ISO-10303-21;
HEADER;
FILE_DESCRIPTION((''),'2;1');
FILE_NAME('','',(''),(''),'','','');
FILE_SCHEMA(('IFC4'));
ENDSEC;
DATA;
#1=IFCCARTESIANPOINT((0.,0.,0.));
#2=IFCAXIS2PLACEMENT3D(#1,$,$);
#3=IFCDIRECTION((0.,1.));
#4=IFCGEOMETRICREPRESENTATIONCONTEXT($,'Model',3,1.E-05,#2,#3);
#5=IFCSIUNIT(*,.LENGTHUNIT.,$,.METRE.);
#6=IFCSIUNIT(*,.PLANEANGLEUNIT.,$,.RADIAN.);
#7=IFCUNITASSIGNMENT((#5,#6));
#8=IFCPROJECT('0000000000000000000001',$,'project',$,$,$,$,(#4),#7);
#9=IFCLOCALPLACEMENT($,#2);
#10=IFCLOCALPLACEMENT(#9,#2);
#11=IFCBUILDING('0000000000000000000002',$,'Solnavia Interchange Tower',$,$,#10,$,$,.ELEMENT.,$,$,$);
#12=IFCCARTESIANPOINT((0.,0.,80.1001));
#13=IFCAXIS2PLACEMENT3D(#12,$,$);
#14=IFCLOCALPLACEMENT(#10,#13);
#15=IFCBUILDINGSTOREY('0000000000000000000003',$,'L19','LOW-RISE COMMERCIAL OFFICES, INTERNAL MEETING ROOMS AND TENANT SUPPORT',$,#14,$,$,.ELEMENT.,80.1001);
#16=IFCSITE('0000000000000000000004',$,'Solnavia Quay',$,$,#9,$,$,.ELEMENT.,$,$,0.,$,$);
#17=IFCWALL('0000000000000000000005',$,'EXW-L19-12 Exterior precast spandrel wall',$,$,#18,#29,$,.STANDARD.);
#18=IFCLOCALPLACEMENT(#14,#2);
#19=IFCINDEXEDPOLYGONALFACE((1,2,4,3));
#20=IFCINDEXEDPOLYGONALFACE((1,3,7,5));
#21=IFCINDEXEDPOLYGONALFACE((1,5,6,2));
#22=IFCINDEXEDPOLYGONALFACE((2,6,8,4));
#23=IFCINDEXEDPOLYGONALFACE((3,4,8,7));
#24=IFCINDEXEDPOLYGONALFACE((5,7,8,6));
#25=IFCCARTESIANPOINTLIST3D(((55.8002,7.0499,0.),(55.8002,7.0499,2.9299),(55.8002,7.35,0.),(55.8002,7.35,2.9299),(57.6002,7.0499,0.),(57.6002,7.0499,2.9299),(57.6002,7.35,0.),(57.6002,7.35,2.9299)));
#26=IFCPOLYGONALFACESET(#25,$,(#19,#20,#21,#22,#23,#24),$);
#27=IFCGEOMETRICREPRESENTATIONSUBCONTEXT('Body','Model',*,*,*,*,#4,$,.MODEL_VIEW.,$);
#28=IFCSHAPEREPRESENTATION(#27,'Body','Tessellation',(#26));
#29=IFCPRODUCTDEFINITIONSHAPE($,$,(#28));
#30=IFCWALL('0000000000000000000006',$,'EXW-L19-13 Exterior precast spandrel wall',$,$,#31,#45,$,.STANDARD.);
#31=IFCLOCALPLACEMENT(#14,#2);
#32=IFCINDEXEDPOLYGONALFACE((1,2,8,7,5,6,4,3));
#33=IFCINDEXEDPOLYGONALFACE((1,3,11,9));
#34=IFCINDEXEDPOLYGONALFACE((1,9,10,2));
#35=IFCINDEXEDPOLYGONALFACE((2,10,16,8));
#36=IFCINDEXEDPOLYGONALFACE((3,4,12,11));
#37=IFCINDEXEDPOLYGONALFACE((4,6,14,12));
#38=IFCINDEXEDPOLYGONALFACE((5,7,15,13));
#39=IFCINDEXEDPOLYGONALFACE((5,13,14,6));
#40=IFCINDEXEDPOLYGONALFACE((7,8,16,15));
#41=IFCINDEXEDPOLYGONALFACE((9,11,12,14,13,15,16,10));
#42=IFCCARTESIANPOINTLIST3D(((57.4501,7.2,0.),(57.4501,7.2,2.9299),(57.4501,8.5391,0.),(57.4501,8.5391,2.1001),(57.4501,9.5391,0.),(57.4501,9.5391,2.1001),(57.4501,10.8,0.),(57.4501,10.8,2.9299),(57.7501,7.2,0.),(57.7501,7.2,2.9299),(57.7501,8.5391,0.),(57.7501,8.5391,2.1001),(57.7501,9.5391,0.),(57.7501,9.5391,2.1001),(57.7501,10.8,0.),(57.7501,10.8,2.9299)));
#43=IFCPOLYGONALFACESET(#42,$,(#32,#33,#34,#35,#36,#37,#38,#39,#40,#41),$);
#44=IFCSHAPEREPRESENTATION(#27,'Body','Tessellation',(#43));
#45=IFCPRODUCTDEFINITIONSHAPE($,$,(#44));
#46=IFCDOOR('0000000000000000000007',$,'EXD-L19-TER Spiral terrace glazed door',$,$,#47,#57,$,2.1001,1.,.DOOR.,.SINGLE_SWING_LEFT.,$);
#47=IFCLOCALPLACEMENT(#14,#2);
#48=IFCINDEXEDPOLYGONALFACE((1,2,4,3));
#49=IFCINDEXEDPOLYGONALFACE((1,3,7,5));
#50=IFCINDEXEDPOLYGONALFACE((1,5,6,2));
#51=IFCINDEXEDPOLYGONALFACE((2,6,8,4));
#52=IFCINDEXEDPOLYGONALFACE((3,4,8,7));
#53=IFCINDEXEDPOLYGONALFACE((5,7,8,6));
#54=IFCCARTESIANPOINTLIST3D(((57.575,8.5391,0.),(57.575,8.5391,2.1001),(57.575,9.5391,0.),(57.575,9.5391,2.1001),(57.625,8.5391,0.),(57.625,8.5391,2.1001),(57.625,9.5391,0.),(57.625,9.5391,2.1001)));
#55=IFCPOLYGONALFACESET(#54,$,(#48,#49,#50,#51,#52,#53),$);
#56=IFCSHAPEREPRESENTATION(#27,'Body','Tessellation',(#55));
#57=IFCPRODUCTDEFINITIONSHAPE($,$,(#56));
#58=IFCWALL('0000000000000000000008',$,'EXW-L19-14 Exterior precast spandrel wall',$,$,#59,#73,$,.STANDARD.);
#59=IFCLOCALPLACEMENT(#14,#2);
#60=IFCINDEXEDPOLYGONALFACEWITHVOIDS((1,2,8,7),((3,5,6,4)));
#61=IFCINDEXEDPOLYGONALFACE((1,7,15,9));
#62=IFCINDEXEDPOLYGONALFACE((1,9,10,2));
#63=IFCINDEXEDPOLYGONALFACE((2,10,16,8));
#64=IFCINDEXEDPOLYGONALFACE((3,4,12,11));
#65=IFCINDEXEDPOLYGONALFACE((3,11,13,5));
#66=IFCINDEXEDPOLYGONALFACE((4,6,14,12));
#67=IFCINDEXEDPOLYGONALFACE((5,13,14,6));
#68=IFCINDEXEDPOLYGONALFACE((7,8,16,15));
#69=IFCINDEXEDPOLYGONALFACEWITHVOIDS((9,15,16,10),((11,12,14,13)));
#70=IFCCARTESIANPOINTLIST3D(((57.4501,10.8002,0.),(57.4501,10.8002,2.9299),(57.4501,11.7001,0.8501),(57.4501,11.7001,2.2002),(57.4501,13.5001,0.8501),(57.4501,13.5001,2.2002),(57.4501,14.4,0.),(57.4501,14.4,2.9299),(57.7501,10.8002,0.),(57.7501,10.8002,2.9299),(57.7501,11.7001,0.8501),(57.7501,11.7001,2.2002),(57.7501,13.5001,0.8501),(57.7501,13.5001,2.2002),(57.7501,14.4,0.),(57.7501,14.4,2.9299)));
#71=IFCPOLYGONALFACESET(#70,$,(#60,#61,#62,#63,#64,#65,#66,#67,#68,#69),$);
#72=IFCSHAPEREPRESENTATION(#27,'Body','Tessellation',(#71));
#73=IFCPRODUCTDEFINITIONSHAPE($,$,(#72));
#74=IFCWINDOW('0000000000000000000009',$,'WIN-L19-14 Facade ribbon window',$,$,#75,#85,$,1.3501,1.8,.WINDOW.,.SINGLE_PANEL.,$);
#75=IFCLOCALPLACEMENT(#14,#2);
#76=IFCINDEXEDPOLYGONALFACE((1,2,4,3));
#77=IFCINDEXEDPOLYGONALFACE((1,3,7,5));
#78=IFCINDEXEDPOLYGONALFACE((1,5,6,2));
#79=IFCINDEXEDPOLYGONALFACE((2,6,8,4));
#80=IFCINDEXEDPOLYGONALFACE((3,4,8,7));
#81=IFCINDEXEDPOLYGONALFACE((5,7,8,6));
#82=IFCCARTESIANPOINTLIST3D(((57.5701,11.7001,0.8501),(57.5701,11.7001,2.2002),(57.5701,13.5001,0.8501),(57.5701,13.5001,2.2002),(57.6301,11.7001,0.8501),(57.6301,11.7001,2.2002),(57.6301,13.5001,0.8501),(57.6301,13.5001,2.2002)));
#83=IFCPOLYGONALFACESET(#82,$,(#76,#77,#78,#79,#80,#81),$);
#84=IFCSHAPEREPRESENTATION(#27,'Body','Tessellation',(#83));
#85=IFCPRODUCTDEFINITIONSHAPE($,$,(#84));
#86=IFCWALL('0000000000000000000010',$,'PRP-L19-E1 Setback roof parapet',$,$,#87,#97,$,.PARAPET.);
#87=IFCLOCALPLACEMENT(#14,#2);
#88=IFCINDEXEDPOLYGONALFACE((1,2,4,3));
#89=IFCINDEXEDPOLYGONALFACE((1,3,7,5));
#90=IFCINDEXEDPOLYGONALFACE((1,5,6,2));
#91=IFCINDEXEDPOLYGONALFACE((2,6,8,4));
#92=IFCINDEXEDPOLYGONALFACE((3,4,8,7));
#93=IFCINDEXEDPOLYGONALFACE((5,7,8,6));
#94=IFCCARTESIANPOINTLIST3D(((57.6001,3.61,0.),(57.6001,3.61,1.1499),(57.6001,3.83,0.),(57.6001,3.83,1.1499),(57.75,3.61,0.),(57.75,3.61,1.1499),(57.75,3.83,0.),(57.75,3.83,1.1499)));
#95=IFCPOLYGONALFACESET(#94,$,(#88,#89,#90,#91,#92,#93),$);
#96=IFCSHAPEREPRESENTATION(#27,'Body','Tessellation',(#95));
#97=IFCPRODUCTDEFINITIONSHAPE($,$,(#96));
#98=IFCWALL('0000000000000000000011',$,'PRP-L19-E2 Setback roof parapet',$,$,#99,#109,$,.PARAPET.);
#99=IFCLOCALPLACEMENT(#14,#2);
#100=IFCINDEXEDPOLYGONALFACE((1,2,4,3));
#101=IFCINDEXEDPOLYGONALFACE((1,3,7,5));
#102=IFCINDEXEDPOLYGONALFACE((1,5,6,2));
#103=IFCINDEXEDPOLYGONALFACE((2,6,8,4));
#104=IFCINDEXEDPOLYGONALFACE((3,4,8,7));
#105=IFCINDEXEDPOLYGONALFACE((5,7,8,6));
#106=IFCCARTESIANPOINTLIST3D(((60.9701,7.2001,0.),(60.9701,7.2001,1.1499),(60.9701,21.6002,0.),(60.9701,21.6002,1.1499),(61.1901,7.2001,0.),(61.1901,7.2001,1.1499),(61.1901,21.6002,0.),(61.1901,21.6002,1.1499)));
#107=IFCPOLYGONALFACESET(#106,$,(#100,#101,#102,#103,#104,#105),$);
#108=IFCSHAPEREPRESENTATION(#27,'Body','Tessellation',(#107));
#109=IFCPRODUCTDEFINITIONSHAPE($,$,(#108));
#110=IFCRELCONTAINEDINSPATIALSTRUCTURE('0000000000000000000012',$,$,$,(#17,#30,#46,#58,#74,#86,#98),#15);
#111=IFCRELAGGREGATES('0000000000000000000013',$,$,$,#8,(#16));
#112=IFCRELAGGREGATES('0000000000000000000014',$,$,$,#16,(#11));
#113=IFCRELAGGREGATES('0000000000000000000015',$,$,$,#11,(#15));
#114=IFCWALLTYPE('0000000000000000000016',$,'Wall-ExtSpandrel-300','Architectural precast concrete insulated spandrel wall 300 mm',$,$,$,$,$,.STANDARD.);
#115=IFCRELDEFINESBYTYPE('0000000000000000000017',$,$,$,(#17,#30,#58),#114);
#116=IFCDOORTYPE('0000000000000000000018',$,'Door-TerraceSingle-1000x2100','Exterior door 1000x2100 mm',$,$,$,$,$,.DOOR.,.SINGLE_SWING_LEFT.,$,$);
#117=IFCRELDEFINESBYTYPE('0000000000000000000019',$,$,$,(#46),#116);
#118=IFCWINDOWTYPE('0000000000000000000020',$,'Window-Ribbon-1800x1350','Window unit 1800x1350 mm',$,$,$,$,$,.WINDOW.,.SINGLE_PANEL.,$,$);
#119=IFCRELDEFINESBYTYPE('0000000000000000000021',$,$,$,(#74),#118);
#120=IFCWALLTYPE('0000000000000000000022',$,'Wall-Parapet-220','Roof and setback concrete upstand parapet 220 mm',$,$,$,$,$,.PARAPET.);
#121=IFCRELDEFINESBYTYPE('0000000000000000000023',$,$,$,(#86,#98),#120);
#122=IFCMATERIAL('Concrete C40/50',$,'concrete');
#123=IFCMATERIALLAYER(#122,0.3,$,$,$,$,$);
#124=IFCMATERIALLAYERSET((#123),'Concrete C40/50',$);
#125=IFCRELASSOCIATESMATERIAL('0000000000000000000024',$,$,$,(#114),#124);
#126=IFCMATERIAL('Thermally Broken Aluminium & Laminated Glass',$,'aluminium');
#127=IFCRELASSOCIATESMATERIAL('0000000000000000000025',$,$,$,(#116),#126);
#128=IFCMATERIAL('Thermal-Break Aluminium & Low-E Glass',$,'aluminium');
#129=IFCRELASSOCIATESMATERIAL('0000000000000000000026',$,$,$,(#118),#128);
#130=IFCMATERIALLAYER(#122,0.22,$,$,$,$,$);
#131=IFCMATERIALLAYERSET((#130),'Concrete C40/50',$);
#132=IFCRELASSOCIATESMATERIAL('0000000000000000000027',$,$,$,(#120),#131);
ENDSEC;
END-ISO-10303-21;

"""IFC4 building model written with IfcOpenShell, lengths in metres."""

from ifc_helpers import new_model, si_unit, direction, frame, frame_2d, origin, place, context, subcontext, project, spatial, rectangle, extrude, material, layer, layer_set, type_object, element, fill, save


model = new_model("IFC4")

# Units and contexts
model_context = context("Model", 3, precision=1e-05, world=origin(), true_north=direction((0.0, 1.0)))
body_context = subcontext(model_context, "Body", "Model", "MODEL_VIEW")
ifc_project = project(units=[si_unit("LENGTHUNIT", "METRE"), si_unit("PLANEANGLEUNIT", "RADIAN")], contexts=[model_context])

# Site, building, storey
site_placement = place(None, origin())
site = spatial("IfcSite", under=ifc_project, at=site_placement, Name="Solnavia Quay", CompositionType="ELEMENT", RefElevation=0.0)
building_placement = place(site_placement, origin())
building = spatial("IfcBuilding", under=site, at=building_placement, Name="Solnavia Interchange Tower", CompositionType="ELEMENT")
storey_placement = place(building_placement, frame((0.0, 0.0, 80.1001)))
storey = spatial("IfcBuildingStorey", under=building, at=storey_placement, Name="L19", Description="LOW-RISE COMMERCIAL OFFICES, INTERNAL MEETING ROOMS AND TENANT SUPPORT", CompositionType="ELEMENT", Elevation=80.1001)

# Wall
ifc_material_1 = material(Name="Concrete C40/50", Category="concrete")
ifc_layer_1 = layer(ifc_material_1, 0.3)
ifc_layer_set_1 = layer_set([ifc_layer_1], Name="Concrete C40/50")
wall_type_1 = type_object("IfcWallType", Name="Wall-ExtSpandrel-300", Description="Architectural precast concrete insulated spandrel wall 300 mm", PredefinedType="STANDARD", material=ifc_layer_set_1)
wall_1_placement = place(storey_placement, frame((57.6001, 7.2, 0.0), z_axis=(0.0, 0.0, 1.0), x_axis=(-1.0, 0.0, 0.0)))
element("IfcWall", 1, at=wall_1_placement, inside=storey, type_object=wall_type_1, Name="EXW-L19-12 Exterior precast spandrel wall", PredefinedType="STANDARD", context=body_context, shape_type="SweptSolid", body=[
    extrude(rectangle(XDim=1.8, YDim=0.3, at=frame_2d((0.8999, 0.0))), origin(), (0.0, 0.0, 1.0), 2.9299),
])

# Wall, opening, door
wall_2_placement = place(storey_placement, frame((57.6001, 10.8, 0.0), z_axis=(0.0, 0.0, 1.0), x_axis=(0.0, -1.0, 0.0)))
wall_2 = element("IfcWall", 2, at=wall_2_placement, inside=storey, type_object=wall_type_1, Name="EXW-L19-13 Exterior precast spandrel wall", PredefinedType="STANDARD", context=body_context, shape_type="SweptSolid", body=[
    extrude(rectangle(XDim=3.6001, YDim=0.3, at=frame_2d((1.8, 0.0))), origin(), (0.0, 0.0, 1.0), 2.9299),
])
opening_1_placement = place(wall_2_placement, frame((1.261, 0.0, 0.0)))
opening_1 = element("IfcOpeningElement", 3, at=opening_1_placement, cuts=wall_2, PredefinedType="OPENING", context=body_context, shape_type="SweptSolid", body=[
    extrude(rectangle(XDim=1.0, YDim=2.1001, at=frame_2d((0.5, 1.05))), frame((0.0, 0.1602, 0.0), z_axis=(0.0, -1.0, 0.0), x_axis=(1.0, 0.0, 0.0)), (0.0, 0.0, 1.0), 0.3201),
])
ifc_material_2 = material(Name="Thermally Broken Aluminium & Laminated Glass", Category="aluminium")
door_type = type_object("IfcDoorType", Name="Door-TerraceSingle-1000x2100", Description="Exterior door 1000x2100 mm", OperationType="SINGLE_SWING_LEFT", PredefinedType="DOOR", material=ifc_material_2)
door_placement = place(opening_1_placement, origin())
door = element("IfcDoor", 4, at=door_placement, inside=storey, type_object=door_type, Name="EXD-L19-TER Spiral terrace glazed door", OperationType="SINGLE_SWING_LEFT", OverallHeight=2.1001, OverallWidth=1.0, PredefinedType="DOOR", context=body_context, shape_type="SweptSolid", body=[
    extrude(rectangle(XDim=1.0, YDim=2.1001, at=frame_2d((0.5, 1.05))), frame((0.0, 0.0249, 0.0), z_axis=(0.0, -1.0, 0.0), x_axis=(1.0, 0.0, 0.0)), (0.0, 0.0, 1.0), 0.05),
])
fill(opening_1, door)

# Wall, opening, window
wall_3_placement = place(storey_placement, frame((57.6001, 14.3999, 0.0), z_axis=(0.0, 0.0, 1.0), x_axis=(0.0, -1.0, 0.0)))
wall_3 = element("IfcWall", 5, at=wall_3_placement, inside=storey, type_object=wall_type_1, Name="EXW-L19-14 Exterior precast spandrel wall", PredefinedType="STANDARD", context=body_context, shape_type="SweptSolid", body=[
    extrude(rectangle(XDim=3.5999, YDim=0.3, at=frame_2d((1.7998, 0.0))), origin(), (0.0, 0.0, 1.0), 2.9299),
])
opening_2_placement = place(wall_3_placement, frame((0.8999, 0.0, 0.8501)))
opening_2 = element("IfcOpeningElement", 6, at=opening_2_placement, cuts=wall_3, PredefinedType="OPENING", context=body_context, shape_type="SweptSolid", body=[
    extrude(rectangle(XDim=1.8, YDim=1.3501, at=frame_2d((0.8999, 0.675))), frame((0.0, 0.1602, 0.0), z_axis=(0.0, -1.0, 0.0), x_axis=(1.0, 0.0, 0.0)), (0.0, 0.0, 1.0), 0.3201),
])
ifc_material_3 = material(Name="Thermal-Break Aluminium & Low-E Glass", Category="aluminium")
window_type = type_object("IfcWindowType", Name="Window-Ribbon-1800x1350", Description="Window unit 1800x1350 mm", PartitioningType="SINGLE_PANEL", PredefinedType="WINDOW", material=ifc_material_3)
window_placement = place(opening_2_placement, origin())
window = element("IfcWindow", 7, at=window_placement, inside=storey, type_object=window_type, Name="WIN-L19-14 Facade ribbon window", OverallHeight=1.3501, OverallWidth=1.8, PartitioningType="SINGLE_PANEL", PredefinedType="WINDOW", context=body_context, shape_type="SweptSolid", body=[
    extrude(rectangle(XDim=1.8, YDim=1.3501, at=frame_2d((0.8999, 0.675))), frame((0.0, 0.03, 0.0), z_axis=(0.0, -1.0, 0.0), x_axis=(1.0, 0.0, 0.0)), (0.0, 0.0, 1.0), 0.0601),
])
fill(opening_2, window)

# Walls
ifc_layer_2 = layer(ifc_material_1, 0.22)
ifc_layer_set_2 = layer_set([ifc_layer_2], Name="Concrete C40/50")
wall_type_2 = type_object("IfcWallType", Name="Wall-Parapet-220", Description="Roof and setback concrete upstand parapet 220 mm", PredefinedType="PARAPET", material=ifc_layer_set_2)
wall_4_placement = place(storey_placement, frame((57.75, 3.72, 0.0), z_axis=(0.0, 0.0, 1.0), x_axis=(-1.0, 0.0, 0.0)))
element("IfcWall", 8, at=wall_4_placement, inside=storey, type_object=wall_type_2, Name="PRP-L19-E1 Setback roof parapet", PredefinedType="PARAPET", context=body_context, shape_type="SweptSolid", body=[
    extrude(rectangle(XDim=0.1499, YDim=0.22, at=frame_2d((0.075, 0.0))), origin(), (0.0, 0.0, 1.0), 1.1499),
])
wall_5_placement = place(storey_placement, frame((61.0801, 7.2, 0.0), z_axis=(0.0, 0.0, 1.0), x_axis=(0.0, 1.0, 0.0)))
element("IfcWall", 9, at=wall_5_placement, inside=storey, type_object=wall_type_2, Name="PRP-L19-E2 Setback roof parapet", PredefinedType="PARAPET", context=body_context, shape_type="SweptSolid", body=[
    extrude(rectangle(XDim=14.4001, YDim=0.22, at=frame_2d((7.2002, 0.0))), origin(), (0.0, 0.0, 1.0), 1.1499),
])

save(model, "model.ifc")
